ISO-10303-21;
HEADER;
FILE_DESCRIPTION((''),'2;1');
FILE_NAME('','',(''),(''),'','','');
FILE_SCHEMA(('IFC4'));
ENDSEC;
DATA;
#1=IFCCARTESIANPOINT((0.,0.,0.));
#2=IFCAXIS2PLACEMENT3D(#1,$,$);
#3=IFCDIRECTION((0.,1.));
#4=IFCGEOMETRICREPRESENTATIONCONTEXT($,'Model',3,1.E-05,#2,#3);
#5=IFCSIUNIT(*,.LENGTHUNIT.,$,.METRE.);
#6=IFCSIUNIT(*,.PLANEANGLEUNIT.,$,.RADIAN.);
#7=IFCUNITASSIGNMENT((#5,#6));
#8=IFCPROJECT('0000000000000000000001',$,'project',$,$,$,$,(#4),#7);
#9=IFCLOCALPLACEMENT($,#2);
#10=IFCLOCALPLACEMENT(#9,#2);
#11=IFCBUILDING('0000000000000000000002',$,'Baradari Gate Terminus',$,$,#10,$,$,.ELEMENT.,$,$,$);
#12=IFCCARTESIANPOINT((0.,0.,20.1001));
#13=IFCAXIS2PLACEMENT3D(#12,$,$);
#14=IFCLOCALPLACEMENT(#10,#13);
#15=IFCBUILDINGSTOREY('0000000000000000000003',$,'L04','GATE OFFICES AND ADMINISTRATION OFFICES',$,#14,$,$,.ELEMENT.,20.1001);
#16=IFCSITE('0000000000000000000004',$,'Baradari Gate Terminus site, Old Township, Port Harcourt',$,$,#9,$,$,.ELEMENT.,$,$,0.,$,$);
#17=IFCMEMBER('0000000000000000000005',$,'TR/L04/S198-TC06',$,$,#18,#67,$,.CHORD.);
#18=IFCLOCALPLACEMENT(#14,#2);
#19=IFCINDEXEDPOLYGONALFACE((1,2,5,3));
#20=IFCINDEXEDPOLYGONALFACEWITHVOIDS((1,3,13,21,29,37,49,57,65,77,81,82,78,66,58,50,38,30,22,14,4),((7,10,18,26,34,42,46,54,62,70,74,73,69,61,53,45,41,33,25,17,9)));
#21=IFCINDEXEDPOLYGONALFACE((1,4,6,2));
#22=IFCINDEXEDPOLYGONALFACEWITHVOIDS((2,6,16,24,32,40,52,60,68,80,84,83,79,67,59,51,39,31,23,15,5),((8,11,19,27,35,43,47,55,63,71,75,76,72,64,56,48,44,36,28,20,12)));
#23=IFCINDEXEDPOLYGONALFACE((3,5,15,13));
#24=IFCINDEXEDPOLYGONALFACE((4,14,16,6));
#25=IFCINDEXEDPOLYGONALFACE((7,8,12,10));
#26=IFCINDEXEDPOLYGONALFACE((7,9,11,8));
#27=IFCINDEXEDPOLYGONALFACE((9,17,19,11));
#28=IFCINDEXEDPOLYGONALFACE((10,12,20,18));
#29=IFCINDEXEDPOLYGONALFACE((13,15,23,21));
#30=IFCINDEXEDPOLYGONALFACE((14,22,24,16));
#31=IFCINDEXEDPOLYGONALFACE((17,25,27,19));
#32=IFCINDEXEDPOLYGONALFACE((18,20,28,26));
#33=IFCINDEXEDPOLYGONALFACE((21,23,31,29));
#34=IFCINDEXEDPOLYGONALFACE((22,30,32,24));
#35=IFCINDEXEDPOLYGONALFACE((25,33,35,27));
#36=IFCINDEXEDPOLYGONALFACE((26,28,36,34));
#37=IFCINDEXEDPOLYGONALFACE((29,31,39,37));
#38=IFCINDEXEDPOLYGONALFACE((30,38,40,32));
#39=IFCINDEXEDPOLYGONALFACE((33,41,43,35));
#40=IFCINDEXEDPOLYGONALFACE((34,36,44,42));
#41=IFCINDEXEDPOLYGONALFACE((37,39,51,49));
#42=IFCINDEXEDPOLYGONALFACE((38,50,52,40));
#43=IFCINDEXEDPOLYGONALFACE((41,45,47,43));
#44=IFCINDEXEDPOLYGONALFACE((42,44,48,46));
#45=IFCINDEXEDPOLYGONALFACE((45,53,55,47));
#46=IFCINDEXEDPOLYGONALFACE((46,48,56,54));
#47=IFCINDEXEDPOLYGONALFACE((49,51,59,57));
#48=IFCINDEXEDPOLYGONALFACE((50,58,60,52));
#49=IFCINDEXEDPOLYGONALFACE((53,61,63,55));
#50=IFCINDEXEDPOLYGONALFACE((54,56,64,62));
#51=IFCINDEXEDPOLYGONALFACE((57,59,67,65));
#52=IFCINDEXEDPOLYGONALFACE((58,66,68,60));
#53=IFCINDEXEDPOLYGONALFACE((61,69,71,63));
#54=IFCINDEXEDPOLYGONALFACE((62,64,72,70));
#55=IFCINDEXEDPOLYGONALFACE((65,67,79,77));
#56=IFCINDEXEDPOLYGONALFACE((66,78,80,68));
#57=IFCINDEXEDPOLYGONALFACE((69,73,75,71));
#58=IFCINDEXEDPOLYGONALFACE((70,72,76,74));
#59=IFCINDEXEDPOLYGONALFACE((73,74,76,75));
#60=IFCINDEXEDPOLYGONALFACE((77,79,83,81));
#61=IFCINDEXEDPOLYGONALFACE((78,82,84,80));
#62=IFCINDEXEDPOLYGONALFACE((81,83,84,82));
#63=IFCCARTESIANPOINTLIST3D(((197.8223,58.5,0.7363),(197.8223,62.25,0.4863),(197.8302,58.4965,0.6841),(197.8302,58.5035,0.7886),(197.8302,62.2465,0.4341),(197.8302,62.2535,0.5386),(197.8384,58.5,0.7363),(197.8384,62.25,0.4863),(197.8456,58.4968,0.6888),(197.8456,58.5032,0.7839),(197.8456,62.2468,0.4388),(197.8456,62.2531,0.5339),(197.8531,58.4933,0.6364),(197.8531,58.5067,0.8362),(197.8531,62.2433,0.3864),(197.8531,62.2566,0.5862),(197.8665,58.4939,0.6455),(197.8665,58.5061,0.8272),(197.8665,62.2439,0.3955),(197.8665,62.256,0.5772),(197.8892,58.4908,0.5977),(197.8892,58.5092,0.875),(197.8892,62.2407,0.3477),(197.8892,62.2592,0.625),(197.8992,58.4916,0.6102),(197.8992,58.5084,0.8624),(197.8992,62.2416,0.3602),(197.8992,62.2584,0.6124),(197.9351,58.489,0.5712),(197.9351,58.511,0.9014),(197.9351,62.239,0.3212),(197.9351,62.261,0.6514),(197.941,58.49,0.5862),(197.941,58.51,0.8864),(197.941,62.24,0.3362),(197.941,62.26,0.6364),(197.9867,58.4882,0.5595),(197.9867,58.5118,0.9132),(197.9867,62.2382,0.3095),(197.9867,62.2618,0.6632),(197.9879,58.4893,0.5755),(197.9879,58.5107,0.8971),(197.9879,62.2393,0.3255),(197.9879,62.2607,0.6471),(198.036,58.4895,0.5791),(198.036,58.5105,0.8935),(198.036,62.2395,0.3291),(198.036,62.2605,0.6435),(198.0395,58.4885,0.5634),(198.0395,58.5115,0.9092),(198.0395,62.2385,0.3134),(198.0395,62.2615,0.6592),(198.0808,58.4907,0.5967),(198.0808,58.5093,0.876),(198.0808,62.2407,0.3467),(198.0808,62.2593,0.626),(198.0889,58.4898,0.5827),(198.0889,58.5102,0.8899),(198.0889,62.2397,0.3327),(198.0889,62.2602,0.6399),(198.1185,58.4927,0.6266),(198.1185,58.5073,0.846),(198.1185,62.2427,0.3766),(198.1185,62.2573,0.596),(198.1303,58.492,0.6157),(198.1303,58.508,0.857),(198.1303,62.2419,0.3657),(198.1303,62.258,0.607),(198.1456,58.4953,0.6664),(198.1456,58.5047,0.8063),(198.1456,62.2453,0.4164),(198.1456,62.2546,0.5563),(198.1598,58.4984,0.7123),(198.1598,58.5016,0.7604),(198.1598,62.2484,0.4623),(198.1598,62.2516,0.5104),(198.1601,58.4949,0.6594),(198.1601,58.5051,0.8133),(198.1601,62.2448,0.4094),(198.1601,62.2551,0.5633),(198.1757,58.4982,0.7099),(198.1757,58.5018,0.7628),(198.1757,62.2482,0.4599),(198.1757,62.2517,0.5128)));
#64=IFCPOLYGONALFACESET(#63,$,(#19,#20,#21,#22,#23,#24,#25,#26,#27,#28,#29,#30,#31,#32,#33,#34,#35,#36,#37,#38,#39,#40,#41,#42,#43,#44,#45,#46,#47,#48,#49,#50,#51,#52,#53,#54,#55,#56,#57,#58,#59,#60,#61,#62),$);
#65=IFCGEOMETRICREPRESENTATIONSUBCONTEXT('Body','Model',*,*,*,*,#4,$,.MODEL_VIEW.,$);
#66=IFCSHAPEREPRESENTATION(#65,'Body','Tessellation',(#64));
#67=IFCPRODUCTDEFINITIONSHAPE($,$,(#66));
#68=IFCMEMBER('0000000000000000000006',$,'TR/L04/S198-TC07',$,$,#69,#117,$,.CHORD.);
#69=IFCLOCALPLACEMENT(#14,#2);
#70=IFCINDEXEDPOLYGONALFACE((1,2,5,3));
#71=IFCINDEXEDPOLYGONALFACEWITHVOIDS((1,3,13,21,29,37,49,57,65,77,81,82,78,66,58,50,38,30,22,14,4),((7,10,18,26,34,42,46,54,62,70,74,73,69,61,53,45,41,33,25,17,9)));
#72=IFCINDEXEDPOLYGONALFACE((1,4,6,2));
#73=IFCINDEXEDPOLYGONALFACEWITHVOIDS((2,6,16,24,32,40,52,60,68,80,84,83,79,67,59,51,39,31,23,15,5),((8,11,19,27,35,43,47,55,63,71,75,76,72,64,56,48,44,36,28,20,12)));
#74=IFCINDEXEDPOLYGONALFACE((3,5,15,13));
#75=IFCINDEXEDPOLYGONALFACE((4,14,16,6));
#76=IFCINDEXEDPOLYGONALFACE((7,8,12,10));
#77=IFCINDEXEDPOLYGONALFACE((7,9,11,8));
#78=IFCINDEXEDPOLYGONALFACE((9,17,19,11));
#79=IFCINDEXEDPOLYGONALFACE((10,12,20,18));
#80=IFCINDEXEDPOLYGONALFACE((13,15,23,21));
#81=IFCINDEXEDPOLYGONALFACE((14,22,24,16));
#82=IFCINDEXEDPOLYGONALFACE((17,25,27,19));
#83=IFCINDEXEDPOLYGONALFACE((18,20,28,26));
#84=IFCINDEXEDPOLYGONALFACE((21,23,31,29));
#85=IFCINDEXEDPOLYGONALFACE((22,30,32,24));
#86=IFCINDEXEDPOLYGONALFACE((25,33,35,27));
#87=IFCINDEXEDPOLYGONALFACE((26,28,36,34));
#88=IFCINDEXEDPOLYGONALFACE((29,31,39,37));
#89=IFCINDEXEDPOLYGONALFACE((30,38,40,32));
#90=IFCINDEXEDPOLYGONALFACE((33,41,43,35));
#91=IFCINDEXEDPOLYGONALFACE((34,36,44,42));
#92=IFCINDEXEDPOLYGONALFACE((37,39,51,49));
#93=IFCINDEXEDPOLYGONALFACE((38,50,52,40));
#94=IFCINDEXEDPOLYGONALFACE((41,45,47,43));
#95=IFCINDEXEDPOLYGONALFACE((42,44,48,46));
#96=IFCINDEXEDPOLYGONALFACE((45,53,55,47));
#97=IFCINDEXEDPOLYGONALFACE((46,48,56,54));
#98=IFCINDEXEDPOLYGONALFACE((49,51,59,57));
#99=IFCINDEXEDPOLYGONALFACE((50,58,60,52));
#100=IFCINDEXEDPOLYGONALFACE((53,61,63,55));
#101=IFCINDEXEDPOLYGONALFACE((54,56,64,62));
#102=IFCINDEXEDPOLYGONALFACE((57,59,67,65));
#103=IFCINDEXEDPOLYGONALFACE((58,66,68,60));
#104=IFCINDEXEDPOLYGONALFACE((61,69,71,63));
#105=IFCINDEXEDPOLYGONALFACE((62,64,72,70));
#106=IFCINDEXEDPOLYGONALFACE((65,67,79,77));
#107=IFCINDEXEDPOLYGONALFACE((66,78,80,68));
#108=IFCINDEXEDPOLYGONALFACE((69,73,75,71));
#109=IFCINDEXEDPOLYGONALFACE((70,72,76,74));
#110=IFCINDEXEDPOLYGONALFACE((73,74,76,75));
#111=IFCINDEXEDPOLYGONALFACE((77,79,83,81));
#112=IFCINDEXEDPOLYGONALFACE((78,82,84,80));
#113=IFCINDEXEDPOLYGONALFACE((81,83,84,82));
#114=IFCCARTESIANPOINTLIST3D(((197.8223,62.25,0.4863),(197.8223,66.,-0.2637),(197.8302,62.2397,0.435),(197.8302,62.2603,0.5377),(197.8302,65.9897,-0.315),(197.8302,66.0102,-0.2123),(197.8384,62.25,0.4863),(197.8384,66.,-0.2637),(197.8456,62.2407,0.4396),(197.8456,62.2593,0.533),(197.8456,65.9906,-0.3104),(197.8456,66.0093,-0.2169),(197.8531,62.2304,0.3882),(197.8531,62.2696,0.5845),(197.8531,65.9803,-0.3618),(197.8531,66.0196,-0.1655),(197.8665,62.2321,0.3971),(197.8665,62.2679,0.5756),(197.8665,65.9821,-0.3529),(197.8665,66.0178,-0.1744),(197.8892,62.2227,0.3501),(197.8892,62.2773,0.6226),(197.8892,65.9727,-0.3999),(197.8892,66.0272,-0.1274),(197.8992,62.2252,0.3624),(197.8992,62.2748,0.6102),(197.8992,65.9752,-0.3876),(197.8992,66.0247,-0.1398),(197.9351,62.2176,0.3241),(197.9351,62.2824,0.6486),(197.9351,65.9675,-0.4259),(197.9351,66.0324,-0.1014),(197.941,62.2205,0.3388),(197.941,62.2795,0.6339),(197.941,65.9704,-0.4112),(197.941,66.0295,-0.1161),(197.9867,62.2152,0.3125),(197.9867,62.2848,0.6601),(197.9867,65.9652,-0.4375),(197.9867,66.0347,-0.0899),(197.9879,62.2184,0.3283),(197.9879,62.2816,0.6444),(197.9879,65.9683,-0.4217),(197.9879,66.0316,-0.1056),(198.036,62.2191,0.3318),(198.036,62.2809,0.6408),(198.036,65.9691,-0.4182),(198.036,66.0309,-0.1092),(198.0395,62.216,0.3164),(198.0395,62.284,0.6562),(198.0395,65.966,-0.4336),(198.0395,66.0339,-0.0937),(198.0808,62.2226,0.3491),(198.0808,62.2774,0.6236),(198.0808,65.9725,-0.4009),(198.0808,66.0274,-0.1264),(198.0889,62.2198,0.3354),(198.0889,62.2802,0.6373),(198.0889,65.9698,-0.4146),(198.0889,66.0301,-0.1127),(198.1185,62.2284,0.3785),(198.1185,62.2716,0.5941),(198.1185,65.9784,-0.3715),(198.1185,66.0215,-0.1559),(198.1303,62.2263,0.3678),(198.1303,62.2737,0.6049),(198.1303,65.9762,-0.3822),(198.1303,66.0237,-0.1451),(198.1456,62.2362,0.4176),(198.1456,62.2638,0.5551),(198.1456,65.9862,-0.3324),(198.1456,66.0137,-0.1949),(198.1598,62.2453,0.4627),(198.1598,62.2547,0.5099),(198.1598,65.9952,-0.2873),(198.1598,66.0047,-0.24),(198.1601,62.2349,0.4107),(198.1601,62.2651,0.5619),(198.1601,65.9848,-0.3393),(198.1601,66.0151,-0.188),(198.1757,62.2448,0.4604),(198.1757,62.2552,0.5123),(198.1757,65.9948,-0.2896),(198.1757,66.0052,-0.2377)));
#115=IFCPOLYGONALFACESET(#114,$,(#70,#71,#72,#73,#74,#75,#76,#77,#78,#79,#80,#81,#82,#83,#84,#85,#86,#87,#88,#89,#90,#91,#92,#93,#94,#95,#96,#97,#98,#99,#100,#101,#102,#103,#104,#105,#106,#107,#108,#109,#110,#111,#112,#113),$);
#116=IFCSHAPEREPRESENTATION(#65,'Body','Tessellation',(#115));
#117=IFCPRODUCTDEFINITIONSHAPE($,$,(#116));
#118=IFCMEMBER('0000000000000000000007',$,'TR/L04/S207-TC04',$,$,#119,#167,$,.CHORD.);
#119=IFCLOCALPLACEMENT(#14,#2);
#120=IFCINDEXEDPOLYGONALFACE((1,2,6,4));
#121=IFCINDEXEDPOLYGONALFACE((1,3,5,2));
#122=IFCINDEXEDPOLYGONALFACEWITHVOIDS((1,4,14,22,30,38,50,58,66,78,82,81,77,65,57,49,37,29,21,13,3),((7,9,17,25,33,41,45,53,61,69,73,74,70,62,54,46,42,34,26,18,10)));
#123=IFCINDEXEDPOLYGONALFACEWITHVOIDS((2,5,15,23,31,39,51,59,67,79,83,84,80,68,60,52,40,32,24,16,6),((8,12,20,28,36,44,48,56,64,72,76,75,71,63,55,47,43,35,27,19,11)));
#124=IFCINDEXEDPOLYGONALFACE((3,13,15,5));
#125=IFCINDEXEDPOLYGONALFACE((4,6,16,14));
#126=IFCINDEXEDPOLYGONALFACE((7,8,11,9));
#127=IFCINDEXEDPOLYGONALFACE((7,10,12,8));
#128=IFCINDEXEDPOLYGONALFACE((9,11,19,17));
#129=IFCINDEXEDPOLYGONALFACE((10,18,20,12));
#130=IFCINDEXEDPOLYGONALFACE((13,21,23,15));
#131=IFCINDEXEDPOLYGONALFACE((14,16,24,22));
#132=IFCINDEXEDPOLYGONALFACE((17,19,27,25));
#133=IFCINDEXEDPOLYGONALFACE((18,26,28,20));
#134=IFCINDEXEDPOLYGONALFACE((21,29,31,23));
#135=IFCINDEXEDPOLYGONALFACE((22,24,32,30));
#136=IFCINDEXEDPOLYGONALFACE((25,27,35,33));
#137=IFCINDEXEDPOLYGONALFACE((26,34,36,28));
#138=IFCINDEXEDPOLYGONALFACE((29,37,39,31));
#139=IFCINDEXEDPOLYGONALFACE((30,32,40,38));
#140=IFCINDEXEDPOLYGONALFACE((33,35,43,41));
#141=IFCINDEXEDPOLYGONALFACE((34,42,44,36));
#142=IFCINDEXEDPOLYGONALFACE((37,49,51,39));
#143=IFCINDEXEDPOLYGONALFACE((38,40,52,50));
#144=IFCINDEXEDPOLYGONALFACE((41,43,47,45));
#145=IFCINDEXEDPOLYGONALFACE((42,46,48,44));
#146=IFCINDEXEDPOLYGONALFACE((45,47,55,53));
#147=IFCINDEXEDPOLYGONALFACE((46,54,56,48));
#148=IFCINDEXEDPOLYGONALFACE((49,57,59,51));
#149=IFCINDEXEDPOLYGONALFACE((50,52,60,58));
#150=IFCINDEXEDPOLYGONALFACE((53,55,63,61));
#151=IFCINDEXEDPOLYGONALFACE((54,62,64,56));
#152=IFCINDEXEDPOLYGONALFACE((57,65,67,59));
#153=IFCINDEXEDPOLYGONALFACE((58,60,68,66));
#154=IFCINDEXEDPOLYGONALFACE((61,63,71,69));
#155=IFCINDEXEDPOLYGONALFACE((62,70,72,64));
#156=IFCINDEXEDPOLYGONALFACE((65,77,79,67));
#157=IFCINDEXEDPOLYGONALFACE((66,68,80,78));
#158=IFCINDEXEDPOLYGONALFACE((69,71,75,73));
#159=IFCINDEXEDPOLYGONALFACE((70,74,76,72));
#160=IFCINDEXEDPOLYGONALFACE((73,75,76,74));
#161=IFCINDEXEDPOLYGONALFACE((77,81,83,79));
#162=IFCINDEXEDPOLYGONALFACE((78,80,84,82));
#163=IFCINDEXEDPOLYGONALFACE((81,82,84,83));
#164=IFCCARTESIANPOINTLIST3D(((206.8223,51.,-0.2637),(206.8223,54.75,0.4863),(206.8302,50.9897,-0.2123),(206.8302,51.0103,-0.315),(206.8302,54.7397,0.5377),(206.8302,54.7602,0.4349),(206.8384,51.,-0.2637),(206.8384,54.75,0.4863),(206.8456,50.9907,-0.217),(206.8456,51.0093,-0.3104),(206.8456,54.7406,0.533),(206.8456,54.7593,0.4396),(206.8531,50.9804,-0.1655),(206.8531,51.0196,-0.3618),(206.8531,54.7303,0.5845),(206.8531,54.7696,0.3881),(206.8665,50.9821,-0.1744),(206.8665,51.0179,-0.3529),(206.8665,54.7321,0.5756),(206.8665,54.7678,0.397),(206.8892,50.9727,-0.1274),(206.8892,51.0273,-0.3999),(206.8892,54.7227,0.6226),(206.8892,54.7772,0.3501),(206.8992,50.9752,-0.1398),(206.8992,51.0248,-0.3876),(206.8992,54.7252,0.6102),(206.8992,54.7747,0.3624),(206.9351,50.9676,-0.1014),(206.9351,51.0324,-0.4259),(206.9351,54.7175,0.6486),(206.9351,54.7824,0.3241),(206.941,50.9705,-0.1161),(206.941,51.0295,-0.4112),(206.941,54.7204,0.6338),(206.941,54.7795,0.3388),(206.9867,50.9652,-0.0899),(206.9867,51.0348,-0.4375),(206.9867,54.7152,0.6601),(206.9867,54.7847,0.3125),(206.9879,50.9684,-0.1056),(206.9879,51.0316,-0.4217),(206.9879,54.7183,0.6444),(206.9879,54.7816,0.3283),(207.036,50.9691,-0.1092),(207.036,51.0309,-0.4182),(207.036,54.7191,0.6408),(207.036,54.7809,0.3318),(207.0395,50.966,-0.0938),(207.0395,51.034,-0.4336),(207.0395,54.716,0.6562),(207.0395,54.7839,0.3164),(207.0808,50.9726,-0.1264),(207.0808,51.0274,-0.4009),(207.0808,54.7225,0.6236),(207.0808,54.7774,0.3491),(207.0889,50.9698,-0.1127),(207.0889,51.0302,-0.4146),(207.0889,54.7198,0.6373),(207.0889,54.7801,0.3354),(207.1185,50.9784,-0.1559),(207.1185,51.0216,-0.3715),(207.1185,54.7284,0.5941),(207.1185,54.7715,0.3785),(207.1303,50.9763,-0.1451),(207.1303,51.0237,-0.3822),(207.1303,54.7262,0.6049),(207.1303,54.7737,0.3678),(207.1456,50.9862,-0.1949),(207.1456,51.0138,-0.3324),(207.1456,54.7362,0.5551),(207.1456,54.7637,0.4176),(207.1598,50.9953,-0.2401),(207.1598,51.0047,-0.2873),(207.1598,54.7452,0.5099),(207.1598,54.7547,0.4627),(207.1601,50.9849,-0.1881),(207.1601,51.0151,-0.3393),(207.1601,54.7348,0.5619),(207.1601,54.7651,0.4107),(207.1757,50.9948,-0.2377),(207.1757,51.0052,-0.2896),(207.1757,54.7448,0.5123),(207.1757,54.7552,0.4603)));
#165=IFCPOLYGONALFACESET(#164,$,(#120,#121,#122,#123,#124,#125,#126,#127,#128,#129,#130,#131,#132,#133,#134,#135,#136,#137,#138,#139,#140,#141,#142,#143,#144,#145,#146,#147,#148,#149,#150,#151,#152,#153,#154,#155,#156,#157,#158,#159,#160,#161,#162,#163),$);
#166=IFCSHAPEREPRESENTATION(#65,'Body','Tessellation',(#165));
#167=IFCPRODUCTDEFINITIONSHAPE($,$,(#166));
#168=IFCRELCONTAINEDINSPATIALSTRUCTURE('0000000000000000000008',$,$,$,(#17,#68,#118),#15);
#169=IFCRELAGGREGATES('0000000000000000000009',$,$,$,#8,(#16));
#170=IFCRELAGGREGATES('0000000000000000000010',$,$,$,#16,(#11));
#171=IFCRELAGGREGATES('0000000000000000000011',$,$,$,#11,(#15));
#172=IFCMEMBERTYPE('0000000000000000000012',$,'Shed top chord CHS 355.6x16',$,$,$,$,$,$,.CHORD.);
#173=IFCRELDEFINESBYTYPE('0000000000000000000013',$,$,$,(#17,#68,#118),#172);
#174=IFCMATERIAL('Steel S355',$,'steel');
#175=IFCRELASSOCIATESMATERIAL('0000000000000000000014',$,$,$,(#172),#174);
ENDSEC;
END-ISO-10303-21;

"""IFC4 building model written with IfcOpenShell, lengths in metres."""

from ifc_helpers import new_model, si_unit, direction, frame, origin, origin_2d, place, context, subcontext, project, spatial, hollow_circle, extrude, material, material_profile, profile_set, type_object, element, save


model = new_model("IFC4")

# Units and contexts
model_context = context("Model", 3, precision=1e-05, world=origin(), true_north=direction((0.0, 1.0)))
body_context = subcontext(model_context, "Body", "Model", "MODEL_VIEW")
ifc_project = project(units=[si_unit("LENGTHUNIT", "METRE"), si_unit("PLANEANGLEUNIT", "RADIAN")], contexts=[model_context])

# Site, building, storey
site_placement = place(None, origin())
site = spatial("IfcSite", under=ifc_project, at=site_placement, Name="Baradari Gate Terminus site, Old Township, Port Harcourt", CompositionType="ELEMENT", RefElevation=0.0)
building_placement = place(site_placement, origin())
building = spatial("IfcBuilding", under=site, at=building_placement, Name="Baradari Gate Terminus", CompositionType="ELEMENT")
storey_placement = place(building_placement, frame((0.0, 0.0, 20.1001)))
storey = spatial("IfcBuildingStorey", under=building, at=storey_placement, Name="L04", Description="GATE OFFICES AND ADMINISTRATION OFFICES", CompositionType="ELEMENT", Elevation=20.1001)

# Members
ifc_material_1 = material(Name="Steel S355", Category="steel")
ifc_material_profile_1 = material_profile(ifc_material_1, hollow_circle(Radius=0.1777, WallThickness=0.0161, at=origin_2d()), Name="CHS 355.6x16")
ifc_profile_set_1 = profile_set([ifc_material_profile_1], Name="Steel S355")
member_type_1 = type_object("IfcMemberType", Name="Shed top chord CHS 355.6x16", PredefinedType="CHORD", material=ifc_profile_set_1)
for number, where, z_axis, x_axis, name in (
    (1, (198.0, 58.5, 0.7363), (0.0, 0.997785, -0.066519), (-1.0, 0.0, 0.0), "TR/L04/S198-TC06"),
):
    element("IfcMember", number, at=place(storey_placement, frame(where, z_axis=z_axis, x_axis=x_axis)), inside=storey, type_object=member_type_1, Name=name, PredefinedType="CHORD", context=body_context, shape_type="SweptSolid", body=[
        extrude(hollow_circle(Radius=0.1777, WallThickness=0.0161, at=origin_2d()), origin(), (0.0, 0.0, 1.0), 3.7583),
    ])
for number, where, z_axis, x_axis, name in (
    (2, (198.0, 62.25, 0.4863), (0.0, 0.980581, -0.196116), (-1.0, 0.0, 0.0), "TR/L04/S198-TC07"),
    (3, (207.0, 51.0, -0.2637), (0.0, 0.980581, 0.196116), (-1.0, 0.0, 0.0), "TR/L04/S207-TC04"),
):
    element("IfcMember", number, at=place(storey_placement, frame(where, z_axis=z_axis, x_axis=x_axis)), inside=storey, type_object=member_type_1, Name=name, PredefinedType="CHORD", context=body_context, shape_type="SweptSolid", body=[
        extrude(hollow_circle(Radius=0.1777, WallThickness=0.0161, at=origin_2d()), origin(), (0.0, 0.0, 1.0), 3.8242),
    ])

save(model, "model.ifc")
